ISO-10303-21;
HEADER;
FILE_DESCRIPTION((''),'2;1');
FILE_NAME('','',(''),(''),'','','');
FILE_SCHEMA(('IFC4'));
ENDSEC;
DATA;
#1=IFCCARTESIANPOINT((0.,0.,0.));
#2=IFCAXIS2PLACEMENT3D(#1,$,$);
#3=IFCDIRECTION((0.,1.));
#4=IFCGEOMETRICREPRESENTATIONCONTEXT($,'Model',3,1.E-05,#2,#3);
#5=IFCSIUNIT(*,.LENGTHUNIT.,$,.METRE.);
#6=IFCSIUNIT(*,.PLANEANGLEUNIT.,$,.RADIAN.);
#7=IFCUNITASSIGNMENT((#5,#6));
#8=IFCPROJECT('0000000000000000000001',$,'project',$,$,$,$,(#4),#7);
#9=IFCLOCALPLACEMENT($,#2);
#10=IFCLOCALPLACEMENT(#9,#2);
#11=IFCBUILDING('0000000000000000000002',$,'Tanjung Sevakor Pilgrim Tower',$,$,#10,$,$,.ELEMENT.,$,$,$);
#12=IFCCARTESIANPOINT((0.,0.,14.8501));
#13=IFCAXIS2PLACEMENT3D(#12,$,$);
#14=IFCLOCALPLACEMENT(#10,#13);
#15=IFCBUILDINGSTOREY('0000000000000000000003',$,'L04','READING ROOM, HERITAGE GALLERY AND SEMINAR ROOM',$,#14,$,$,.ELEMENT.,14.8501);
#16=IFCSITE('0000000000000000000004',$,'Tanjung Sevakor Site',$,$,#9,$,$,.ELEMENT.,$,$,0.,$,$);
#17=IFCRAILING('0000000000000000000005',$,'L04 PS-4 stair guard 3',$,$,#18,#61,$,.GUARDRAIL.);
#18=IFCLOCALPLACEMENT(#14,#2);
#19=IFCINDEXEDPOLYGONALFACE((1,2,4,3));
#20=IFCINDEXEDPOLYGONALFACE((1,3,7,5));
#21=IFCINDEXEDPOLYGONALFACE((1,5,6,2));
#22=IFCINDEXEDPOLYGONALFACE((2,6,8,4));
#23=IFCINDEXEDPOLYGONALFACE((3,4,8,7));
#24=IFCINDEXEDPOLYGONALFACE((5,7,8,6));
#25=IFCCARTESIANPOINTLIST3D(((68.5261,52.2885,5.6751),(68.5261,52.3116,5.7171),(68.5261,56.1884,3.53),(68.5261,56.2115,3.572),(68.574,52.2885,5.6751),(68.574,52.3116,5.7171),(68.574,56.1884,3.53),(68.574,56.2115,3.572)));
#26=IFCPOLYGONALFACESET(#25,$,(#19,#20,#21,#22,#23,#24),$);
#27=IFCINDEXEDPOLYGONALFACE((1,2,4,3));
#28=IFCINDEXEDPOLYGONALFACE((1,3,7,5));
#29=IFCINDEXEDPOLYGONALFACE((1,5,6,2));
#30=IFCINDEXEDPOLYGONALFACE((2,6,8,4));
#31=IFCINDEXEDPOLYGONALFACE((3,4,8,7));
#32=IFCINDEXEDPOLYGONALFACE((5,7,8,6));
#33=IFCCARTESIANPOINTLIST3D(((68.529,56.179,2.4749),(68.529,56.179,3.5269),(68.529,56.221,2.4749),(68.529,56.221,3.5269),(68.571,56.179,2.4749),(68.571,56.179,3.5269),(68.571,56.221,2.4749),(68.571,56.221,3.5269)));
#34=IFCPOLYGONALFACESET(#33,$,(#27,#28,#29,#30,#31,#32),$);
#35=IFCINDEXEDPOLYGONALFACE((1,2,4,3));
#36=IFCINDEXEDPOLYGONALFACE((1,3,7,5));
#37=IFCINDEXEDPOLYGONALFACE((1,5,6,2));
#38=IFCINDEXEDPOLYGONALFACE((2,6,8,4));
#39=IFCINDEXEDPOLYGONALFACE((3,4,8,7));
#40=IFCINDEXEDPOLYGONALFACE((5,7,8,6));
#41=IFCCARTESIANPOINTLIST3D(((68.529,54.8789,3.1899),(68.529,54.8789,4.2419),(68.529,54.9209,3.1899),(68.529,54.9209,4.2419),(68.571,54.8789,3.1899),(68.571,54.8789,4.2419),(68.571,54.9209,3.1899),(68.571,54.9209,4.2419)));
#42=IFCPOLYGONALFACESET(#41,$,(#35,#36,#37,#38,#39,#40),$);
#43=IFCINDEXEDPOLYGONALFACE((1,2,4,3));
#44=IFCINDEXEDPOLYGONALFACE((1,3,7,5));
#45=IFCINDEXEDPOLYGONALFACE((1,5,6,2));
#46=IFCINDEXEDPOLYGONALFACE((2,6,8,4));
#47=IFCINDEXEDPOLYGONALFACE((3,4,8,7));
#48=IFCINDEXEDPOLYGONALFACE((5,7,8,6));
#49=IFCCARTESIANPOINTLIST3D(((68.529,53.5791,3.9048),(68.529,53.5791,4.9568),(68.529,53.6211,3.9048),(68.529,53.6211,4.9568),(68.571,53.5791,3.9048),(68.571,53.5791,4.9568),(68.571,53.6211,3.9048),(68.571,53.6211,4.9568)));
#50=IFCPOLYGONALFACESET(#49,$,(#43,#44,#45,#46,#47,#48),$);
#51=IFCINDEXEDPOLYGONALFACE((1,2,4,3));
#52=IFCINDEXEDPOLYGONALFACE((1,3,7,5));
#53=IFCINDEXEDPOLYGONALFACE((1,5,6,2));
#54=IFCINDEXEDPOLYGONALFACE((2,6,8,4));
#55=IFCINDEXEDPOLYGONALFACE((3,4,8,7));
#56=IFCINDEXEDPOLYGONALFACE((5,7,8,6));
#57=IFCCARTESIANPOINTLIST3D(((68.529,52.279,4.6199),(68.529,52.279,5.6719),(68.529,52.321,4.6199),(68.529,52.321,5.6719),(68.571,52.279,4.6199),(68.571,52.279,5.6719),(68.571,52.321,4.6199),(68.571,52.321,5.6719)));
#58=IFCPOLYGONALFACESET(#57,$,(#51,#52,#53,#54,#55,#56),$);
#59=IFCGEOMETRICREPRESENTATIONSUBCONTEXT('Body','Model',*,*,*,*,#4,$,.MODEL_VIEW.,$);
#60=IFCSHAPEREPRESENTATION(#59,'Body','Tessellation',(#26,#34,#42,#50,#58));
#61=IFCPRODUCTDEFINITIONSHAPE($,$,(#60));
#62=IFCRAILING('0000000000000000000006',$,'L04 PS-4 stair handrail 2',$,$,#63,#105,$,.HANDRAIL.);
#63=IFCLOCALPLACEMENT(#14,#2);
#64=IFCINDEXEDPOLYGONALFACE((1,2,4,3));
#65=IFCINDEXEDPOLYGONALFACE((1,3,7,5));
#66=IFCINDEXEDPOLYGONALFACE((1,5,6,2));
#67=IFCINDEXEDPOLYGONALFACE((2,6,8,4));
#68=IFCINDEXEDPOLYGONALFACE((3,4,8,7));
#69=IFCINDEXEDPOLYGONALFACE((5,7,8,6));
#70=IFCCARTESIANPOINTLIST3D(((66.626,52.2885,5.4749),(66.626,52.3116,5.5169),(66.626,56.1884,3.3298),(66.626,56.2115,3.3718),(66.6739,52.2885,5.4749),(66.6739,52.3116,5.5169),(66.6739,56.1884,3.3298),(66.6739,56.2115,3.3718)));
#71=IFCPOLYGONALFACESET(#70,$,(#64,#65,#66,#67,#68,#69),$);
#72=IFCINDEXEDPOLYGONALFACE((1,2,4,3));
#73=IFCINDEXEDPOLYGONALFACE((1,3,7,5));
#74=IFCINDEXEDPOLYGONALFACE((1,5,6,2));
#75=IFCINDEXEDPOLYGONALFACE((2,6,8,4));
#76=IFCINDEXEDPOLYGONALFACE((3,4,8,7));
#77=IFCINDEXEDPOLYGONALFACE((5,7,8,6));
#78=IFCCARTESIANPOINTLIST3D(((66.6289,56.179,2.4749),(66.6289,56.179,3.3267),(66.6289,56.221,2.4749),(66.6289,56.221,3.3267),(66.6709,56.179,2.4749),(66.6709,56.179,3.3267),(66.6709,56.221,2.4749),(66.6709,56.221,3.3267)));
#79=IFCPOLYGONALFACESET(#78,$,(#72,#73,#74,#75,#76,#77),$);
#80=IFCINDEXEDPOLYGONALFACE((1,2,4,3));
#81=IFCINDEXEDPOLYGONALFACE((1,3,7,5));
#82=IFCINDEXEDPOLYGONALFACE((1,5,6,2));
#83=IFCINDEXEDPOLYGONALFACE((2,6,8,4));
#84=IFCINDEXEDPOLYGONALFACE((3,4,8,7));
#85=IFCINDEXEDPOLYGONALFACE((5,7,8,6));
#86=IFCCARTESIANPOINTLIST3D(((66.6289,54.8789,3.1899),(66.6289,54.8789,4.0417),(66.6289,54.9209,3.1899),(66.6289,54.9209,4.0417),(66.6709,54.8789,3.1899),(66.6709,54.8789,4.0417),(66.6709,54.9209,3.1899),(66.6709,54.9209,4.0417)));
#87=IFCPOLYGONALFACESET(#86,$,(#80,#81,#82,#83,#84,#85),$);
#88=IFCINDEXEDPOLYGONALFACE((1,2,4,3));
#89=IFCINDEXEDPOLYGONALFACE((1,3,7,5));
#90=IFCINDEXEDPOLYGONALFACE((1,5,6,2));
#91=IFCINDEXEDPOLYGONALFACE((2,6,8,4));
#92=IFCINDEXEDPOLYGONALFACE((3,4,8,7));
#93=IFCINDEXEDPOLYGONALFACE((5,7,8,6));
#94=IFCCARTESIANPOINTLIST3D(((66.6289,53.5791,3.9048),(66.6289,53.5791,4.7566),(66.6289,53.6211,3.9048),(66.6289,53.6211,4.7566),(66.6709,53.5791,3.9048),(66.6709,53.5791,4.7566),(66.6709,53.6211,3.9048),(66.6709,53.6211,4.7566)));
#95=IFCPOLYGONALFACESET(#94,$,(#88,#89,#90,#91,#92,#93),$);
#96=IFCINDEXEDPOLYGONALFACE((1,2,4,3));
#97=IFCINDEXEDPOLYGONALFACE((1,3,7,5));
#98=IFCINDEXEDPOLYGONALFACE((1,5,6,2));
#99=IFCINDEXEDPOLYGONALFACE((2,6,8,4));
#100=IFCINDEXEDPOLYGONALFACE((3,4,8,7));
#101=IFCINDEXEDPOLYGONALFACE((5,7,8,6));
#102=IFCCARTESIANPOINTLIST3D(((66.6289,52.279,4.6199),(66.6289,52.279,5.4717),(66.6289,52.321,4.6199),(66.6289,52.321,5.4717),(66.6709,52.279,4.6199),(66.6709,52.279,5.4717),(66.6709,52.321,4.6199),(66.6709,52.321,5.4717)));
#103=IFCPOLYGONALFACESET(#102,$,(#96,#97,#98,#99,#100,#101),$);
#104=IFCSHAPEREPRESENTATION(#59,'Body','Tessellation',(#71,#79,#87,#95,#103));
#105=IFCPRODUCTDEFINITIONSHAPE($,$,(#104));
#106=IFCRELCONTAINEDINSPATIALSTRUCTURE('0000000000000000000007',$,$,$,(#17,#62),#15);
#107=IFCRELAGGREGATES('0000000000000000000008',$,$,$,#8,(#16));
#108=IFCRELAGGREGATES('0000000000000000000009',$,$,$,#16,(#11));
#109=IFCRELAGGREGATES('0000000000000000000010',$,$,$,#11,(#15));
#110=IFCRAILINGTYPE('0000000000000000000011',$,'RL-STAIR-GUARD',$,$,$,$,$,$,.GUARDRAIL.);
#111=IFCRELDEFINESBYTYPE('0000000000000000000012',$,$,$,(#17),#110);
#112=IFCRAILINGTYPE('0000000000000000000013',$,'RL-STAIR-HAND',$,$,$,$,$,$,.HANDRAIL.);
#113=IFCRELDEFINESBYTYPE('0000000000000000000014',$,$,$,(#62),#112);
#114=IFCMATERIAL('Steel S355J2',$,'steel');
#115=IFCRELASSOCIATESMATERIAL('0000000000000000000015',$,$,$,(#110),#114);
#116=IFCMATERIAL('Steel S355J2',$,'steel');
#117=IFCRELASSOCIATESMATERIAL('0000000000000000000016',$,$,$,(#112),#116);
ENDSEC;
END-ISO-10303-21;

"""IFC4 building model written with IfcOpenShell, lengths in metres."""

from ifc_helpers import new_model, si_unit, direction, frame, origin, place, context, subcontext, project, spatial, rectangle, extrude, material, type_object, element, save


model = new_model("IFC4")

# Units and contexts
model_context = context("Model", 3, precision=1e-05, world=origin(), true_north=direction((0.0, 1.0)))
body_context = subcontext(model_context, "Body", "Model", "MODEL_VIEW")
ifc_project = project(units=[si_unit("LENGTHUNIT", "METRE"), si_unit("PLANEANGLEUNIT", "RADIAN")], contexts=[model_context])

# Site, building, storey
site_placement = place(None, origin())
site = spatial("IfcSite", under=ifc_project, at=site_placement, Name="Tanjung Sevakor Site", CompositionType="ELEMENT", RefElevation=0.0)
building_placement = place(site_placement, origin())
building = spatial("IfcBuilding", under=site, at=building_placement, Name="Tanjung Sevakor Pilgrim Tower", CompositionType="ELEMENT")
storey_placement = place(building_placement, frame((0.0, 0.0, 14.8501)))
storey = spatial("IfcBuildingStorey", under=building, at=storey_placement, Name="L04", Description="READING ROOM, HERITAGE GALLERY AND SEMINAR ROOM", CompositionType="ELEMENT", Elevation=14.8501)

# Railings
ifc_material_1 = material(Name="Steel S355J2", Category="steel")
railing_type_1 = type_object("IfcRailingType", Name="RL-STAIR-GUARD", PredefinedType="GUARDRAIL", material=ifc_material_1)
railing_1_placement = place(storey_placement, frame((68.55, 56.2, 2.4749)))
element("IfcRailing", 1, at=railing_1_placement, inside=storey, type_object=railing_type_1, Name="L04 PS-4 stair guard 3", PredefinedType="GUARDRAIL", context=body_context, shape_type="SweptSolid", body=[
    extrude(rectangle(XDim=0.0479, YDim=0.0479), frame((0.0, 0.0, 1.0762), z_axis=(0.0, -0.876209, 0.481931), x_axis=(1.0, 0.0, 0.0)), (0.0, 0.0, 1.0), 4.4509),
    extrude(rectangle(XDim=0.042, YDim=0.042), origin(), (0.0, 0.0, 1.0), 1.052),
    extrude(rectangle(XDim=0.042, YDim=0.042), frame((0.0, -1.3, 0.7151)), (0.0, 0.0, 1.0), 1.052),
    extrude(rectangle(XDim=0.042, YDim=0.042), frame((0.0, -2.5999, 1.4299)), (0.0, 0.0, 1.0), 1.052),
    extrude(rectangle(XDim=0.042, YDim=0.042), frame((0.0, -3.8999, 2.145)), (0.0, 0.0, 1.0), 1.052),
])
ifc_material_2 = material(Name="Steel S355J2", Category="steel")
railing_type_2 = type_object("IfcRailingType", Name="RL-STAIR-HAND", PredefinedType="HANDRAIL", material=ifc_material_2)
railing_2_placement = place(storey_placement, frame((66.6499, 56.2, 2.4749)))
element("IfcRailing", 2, at=railing_2_placement, inside=storey, type_object=railing_type_2, Name="L04 PS-4 stair handrail 2", PredefinedType="HANDRAIL", context=body_context, shape_type="SweptSolid", body=[
    extrude(rectangle(XDim=0.0479, YDim=0.0479), frame((0.0, 0.0, 0.876), z_axis=(0.0, -0.876209, 0.481931), x_axis=(1.0, 0.0, 0.0)), (0.0, 0.0, 1.0), 4.4509),
    extrude(rectangle(XDim=0.042, YDim=0.042), origin(), (0.0, 0.0, 1.0), 0.8518),
    extrude(rectangle(XDim=0.042, YDim=0.042), frame((0.0, -1.3, 0.7151)), (0.0, 0.0, 1.0), 0.8518),
    extrude(rectangle(XDim=0.042, YDim=0.042), frame((0.0, -2.5999, 1.4299)), (0.0, 0.0, 1.0), 0.8518),
    extrude(rectangle(XDim=0.042, YDim=0.042), frame((0.0, -3.8999, 2.145)), (0.0, 0.0, 1.0), 0.8518),
])

save(model, "model.ifc")
